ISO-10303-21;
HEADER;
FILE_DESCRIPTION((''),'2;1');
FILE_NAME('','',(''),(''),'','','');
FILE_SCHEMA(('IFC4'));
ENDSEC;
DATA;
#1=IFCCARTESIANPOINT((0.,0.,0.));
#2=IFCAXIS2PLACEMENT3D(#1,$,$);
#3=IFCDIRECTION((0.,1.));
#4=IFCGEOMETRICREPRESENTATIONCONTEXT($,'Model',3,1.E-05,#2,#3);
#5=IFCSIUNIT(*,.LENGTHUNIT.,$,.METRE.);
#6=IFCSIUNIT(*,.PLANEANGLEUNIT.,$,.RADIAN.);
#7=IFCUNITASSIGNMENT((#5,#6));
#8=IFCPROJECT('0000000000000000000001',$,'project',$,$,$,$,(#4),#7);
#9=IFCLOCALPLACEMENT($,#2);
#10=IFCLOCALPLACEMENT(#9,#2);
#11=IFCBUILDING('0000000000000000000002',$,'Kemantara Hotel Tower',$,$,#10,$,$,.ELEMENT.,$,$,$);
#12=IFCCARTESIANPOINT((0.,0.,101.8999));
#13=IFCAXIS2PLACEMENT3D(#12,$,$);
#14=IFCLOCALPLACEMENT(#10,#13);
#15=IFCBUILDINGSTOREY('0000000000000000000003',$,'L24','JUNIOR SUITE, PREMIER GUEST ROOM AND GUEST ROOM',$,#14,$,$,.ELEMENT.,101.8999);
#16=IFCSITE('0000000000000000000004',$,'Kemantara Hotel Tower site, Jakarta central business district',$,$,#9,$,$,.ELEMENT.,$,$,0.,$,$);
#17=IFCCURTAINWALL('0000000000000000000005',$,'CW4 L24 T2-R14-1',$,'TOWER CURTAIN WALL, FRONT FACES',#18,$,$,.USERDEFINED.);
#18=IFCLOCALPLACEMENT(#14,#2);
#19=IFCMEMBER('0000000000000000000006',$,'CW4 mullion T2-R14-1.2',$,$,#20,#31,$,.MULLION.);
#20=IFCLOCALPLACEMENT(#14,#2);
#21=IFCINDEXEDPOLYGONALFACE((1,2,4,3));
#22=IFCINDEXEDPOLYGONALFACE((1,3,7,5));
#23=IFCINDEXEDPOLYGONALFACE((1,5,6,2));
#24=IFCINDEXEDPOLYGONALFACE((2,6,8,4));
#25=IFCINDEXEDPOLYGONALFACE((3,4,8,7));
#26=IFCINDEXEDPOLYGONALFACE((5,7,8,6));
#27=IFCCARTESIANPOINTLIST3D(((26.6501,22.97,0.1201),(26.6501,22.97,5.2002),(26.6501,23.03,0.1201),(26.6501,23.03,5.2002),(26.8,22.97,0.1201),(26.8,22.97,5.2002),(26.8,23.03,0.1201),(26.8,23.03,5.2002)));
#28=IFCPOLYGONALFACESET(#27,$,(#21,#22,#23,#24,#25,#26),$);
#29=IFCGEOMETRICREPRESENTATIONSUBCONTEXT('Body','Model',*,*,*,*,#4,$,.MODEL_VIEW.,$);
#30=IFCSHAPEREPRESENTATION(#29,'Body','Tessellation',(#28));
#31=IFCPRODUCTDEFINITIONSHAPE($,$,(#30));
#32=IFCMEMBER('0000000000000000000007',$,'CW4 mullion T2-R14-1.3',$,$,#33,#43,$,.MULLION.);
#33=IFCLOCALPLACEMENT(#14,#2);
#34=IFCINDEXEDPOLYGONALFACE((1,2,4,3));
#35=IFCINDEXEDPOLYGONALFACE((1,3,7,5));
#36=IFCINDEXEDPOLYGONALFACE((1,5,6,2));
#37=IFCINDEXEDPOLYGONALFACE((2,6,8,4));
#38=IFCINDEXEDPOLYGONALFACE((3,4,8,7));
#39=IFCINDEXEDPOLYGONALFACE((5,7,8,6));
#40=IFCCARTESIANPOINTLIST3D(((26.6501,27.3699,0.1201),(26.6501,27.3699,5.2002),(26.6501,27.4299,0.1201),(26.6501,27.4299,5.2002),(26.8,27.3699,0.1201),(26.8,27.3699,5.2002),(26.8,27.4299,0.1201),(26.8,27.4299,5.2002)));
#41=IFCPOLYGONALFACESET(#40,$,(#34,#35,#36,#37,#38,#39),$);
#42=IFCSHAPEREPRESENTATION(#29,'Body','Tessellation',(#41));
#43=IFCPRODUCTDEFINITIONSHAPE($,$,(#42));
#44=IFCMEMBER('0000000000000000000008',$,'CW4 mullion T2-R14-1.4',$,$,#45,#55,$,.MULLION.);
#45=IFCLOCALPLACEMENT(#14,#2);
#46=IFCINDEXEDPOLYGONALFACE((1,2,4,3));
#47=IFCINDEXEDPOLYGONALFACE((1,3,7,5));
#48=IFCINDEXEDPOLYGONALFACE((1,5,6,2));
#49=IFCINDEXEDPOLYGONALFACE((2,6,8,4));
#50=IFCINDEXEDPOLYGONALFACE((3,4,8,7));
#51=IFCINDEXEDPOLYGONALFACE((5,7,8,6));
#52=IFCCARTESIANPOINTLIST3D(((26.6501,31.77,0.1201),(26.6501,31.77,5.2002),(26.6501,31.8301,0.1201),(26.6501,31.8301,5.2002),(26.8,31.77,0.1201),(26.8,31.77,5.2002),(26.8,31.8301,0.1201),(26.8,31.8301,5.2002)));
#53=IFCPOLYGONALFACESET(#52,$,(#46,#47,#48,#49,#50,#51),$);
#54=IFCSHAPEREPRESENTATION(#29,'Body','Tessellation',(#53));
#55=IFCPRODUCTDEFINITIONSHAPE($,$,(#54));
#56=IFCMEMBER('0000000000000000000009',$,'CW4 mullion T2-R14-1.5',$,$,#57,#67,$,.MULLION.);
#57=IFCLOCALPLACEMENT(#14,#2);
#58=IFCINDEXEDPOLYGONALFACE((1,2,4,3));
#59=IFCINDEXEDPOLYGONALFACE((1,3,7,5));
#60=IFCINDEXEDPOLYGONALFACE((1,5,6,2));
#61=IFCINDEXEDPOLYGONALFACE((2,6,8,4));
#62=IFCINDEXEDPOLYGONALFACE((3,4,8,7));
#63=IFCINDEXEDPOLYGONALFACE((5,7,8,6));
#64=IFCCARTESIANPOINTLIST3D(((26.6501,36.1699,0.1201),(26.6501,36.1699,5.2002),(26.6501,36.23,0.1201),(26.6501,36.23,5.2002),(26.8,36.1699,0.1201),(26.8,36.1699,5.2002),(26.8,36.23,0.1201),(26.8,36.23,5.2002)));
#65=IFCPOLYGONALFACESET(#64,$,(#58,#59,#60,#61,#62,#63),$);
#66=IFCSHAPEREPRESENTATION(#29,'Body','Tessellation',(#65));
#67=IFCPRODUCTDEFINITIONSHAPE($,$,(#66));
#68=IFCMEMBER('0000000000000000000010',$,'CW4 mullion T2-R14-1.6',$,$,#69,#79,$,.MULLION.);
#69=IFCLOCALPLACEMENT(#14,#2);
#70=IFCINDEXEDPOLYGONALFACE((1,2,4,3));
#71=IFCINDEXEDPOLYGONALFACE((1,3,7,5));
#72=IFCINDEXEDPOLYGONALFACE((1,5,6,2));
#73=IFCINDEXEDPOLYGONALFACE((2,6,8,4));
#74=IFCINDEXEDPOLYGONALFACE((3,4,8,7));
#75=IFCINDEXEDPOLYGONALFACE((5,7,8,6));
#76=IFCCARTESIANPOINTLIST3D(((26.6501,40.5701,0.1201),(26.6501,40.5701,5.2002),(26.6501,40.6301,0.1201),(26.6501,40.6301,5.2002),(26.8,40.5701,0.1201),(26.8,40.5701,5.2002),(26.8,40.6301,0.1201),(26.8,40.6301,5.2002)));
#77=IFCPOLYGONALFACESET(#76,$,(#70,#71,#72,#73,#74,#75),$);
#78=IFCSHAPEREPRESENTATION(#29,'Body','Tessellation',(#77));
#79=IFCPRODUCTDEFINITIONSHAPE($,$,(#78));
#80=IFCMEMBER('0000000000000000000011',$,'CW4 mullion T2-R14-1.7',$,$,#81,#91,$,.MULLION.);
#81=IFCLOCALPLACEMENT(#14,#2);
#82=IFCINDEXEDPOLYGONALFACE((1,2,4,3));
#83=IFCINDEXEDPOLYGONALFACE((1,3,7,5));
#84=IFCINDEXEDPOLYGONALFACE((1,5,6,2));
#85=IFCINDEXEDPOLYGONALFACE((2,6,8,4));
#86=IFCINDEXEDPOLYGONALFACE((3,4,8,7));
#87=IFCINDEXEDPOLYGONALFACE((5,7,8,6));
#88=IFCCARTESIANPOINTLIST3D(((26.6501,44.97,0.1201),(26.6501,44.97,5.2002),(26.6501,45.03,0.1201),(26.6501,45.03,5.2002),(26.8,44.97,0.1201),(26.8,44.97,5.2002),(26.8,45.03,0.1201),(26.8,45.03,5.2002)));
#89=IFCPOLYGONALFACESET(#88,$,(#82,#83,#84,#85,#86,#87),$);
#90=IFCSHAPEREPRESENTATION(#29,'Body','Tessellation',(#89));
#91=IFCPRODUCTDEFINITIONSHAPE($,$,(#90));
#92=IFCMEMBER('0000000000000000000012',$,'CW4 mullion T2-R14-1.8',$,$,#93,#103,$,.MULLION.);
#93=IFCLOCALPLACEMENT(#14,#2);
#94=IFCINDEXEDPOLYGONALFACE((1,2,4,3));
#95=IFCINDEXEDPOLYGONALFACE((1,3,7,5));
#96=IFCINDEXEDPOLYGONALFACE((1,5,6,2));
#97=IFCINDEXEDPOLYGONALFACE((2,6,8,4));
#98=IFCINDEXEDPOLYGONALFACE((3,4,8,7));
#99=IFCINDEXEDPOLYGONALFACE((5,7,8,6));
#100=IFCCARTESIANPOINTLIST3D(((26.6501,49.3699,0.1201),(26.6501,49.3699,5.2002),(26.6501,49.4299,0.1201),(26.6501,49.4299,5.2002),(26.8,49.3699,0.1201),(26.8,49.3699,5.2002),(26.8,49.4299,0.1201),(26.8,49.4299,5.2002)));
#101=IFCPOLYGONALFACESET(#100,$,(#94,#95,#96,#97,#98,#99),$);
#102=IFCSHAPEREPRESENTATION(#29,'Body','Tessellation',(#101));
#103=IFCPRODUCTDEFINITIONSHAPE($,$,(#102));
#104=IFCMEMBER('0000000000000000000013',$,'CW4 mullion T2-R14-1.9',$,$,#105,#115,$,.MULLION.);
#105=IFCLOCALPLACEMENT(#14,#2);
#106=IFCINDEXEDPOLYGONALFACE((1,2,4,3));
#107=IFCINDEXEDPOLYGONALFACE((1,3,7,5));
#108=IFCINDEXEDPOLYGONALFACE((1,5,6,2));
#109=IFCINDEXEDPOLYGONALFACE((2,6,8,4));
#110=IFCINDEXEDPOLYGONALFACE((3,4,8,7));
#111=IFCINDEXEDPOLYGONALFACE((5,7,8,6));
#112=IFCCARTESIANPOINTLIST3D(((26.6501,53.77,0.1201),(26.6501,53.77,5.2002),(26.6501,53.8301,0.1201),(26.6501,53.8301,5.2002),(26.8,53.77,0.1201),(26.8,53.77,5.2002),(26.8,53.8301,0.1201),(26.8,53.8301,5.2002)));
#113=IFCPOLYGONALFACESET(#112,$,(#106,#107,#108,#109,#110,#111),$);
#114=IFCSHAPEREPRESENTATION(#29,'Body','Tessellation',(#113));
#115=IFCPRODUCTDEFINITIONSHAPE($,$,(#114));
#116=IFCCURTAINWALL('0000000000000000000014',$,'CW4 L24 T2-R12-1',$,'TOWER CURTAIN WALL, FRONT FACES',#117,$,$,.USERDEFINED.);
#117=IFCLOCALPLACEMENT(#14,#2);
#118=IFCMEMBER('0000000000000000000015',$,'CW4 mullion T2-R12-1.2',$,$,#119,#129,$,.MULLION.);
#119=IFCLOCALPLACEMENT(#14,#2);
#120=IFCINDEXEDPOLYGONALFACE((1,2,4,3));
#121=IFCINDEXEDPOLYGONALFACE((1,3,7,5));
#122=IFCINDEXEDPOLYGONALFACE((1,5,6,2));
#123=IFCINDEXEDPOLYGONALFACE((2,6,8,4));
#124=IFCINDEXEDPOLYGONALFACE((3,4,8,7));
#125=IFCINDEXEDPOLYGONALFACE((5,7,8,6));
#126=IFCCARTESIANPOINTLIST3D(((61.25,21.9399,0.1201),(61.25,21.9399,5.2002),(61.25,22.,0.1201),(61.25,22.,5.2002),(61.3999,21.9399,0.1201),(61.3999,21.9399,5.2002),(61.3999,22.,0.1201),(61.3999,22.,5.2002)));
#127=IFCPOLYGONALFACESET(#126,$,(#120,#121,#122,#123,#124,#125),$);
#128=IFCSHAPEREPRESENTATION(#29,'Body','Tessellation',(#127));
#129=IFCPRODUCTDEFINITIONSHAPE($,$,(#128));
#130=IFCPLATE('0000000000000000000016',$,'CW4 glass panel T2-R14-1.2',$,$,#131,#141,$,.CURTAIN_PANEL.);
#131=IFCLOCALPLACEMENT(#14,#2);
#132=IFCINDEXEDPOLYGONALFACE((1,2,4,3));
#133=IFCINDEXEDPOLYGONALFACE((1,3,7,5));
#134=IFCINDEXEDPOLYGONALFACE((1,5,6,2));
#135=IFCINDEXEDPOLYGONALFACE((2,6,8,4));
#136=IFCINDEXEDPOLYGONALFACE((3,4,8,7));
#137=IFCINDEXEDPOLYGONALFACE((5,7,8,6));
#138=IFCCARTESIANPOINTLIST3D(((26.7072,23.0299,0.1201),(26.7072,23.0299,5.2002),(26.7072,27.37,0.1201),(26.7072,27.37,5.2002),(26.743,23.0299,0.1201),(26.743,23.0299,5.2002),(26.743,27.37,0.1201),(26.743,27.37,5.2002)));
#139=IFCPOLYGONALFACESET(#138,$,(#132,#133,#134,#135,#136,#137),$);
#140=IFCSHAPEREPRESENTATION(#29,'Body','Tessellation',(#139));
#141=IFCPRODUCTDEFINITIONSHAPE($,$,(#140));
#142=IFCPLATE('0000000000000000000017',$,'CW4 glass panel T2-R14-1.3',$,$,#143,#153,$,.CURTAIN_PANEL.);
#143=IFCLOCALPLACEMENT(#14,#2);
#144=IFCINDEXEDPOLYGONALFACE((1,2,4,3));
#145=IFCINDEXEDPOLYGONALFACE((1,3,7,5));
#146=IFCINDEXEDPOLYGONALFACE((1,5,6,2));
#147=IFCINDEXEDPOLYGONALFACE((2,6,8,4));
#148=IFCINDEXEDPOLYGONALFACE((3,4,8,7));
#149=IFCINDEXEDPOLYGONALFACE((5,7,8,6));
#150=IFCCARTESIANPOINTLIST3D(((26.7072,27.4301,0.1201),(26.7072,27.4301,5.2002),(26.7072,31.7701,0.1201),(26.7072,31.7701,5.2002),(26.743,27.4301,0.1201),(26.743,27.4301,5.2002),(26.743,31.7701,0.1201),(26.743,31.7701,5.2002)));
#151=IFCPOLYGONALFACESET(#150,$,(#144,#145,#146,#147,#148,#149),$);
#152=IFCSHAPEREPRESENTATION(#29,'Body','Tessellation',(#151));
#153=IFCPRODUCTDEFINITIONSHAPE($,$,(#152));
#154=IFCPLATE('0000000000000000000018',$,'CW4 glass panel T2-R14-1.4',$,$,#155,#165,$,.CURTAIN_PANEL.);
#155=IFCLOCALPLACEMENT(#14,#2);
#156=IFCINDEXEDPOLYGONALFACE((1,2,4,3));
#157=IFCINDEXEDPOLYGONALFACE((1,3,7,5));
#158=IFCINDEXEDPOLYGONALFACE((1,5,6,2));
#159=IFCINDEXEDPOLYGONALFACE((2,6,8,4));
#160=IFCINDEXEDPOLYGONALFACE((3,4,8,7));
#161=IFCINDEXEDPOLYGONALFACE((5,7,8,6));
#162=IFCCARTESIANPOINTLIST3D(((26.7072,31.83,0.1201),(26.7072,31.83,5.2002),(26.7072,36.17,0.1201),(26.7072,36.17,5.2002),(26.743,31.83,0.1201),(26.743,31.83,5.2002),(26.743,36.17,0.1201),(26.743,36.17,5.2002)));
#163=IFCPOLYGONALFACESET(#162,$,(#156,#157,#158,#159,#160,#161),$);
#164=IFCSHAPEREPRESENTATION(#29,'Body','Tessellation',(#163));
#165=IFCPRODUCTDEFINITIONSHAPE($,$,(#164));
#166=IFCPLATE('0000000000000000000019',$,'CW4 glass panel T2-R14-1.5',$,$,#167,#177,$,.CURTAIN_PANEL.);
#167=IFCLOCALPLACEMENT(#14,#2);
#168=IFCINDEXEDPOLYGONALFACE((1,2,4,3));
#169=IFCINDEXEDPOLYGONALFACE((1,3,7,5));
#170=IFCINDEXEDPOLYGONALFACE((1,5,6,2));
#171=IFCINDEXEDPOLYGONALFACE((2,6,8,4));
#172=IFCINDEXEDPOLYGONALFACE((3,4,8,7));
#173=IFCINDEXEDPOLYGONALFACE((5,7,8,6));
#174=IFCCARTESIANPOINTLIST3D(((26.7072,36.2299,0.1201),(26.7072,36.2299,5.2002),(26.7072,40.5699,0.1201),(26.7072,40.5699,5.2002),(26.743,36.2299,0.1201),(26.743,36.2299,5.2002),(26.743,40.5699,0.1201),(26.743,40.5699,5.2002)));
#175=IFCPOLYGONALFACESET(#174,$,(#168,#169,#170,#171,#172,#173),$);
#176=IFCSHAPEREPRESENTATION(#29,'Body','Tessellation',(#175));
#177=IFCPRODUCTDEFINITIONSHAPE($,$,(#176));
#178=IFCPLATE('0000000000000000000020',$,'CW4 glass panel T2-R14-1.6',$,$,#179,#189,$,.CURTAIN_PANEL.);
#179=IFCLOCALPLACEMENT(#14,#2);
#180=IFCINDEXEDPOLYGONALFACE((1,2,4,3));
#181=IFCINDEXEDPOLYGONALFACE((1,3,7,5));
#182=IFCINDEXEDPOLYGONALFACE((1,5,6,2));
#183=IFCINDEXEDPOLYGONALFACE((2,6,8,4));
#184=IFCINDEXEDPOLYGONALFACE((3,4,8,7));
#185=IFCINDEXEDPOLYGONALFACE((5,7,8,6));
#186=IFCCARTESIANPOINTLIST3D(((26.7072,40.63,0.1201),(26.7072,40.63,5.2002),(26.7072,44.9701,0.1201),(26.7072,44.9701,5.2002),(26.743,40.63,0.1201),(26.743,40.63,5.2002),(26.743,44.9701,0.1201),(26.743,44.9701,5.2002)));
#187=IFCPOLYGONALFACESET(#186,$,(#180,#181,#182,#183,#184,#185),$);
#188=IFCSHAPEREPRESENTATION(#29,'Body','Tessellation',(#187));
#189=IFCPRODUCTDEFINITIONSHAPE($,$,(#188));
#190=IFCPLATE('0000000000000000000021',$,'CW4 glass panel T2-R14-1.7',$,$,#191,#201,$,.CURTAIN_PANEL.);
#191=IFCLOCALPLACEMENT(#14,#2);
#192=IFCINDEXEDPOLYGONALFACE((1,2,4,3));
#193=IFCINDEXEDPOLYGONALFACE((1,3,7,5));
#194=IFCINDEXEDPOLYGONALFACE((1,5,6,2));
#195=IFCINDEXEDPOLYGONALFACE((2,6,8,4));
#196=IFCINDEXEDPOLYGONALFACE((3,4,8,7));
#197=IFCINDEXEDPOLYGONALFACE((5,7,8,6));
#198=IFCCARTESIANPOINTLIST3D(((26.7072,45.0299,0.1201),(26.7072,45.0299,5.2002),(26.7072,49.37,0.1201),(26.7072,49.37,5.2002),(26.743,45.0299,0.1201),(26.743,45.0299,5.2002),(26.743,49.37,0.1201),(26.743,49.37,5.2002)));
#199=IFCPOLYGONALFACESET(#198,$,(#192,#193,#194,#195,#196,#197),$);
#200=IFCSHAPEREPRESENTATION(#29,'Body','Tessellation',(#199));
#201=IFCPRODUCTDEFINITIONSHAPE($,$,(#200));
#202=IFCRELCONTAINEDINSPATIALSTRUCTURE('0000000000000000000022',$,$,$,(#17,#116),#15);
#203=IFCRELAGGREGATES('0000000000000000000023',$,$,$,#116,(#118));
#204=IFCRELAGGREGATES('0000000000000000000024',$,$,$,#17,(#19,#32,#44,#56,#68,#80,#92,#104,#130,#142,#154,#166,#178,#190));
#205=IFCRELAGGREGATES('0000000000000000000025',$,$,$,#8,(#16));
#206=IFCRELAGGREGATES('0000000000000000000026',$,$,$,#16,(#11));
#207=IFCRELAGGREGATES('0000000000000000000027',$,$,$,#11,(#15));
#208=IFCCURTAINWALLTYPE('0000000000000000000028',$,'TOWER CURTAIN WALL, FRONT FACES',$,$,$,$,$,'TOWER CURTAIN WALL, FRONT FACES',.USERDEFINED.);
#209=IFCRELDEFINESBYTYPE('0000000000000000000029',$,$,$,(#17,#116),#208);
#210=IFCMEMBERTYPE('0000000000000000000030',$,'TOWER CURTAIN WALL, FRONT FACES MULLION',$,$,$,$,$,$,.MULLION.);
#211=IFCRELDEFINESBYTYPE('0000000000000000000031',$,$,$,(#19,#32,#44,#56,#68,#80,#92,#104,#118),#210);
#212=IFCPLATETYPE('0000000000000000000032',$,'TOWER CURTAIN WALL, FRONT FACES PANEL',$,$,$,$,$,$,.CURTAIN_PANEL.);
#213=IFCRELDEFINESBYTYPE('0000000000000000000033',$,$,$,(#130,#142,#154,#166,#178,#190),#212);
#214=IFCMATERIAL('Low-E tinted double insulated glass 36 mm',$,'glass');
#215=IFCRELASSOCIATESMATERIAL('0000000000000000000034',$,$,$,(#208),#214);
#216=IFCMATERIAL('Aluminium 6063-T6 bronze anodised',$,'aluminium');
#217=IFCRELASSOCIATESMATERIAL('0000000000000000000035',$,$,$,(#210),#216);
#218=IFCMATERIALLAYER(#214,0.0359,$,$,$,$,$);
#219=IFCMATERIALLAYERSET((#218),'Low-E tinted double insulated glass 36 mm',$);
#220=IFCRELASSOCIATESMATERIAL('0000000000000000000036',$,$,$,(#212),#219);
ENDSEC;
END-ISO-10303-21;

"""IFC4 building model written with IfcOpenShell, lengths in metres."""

from ifc_helpers import new_model, si_unit, direction, frame, origin, origin_2d, place, context, subcontext, project, spatial, rectangle, extrude, source, transform, mapped, material, layer, layer_set, material_profile, profile_set, type_object, element, aggregate, save


model = new_model("IFC4")

# Units and contexts
model_context = context("Model", 3, precision=1e-05, world=origin(), true_north=direction((0.0, 1.0)))
body_context = subcontext(model_context, "Body", "Model", "MODEL_VIEW")
ifc_project = project(units=[si_unit("LENGTHUNIT", "METRE"), si_unit("PLANEANGLEUNIT", "RADIAN")], contexts=[model_context])

# Site, building, storey
site_placement = place(None, origin())
site = spatial("IfcSite", under=ifc_project, at=site_placement, Name="Kemantara Hotel Tower site, Jakarta central business district", CompositionType="ELEMENT", RefElevation=0.0)
building_placement = place(site_placement, origin())
building = spatial("IfcBuilding", under=site, at=building_placement, Name="Kemantara Hotel Tower", CompositionType="ELEMENT")
storey_placement = place(building_placement, frame((0.0, 0.0, 101.8999)))
storey = spatial("IfcBuildingStorey", under=building, at=storey_placement, Name="L24", Description="JUNIOR SUITE, PREMIER GUEST ROOM AND GUEST ROOM", CompositionType="ELEMENT", Elevation=101.8999)

# Curtain wall, members
ifc_material_1 = material(Name="Low-E tinted double insulated glass 36 mm", Category="glass")
curtain_wall_type = type_object("IfcCurtainWallType", Name="TOWER CURTAIN WALL, FRONT FACES", ElementType="TOWER CURTAIN WALL, FRONT FACES", PredefinedType="USERDEFINED", material=ifc_material_1)
curtain_wall_1_placement = place(storey_placement, origin())
curtain_wall_1 = element("IfcCurtainWall", 1, at=curtain_wall_1_placement, inside=storey, type_object=curtain_wall_type, Name="CW4 L24 T2-R14-1", ObjectType="TOWER CURTAIN WALL, FRONT FACES", PredefinedType="USERDEFINED")
ifc_material_2 = material(Name="Aluminium 6063-T6 bronze anodised", Category="aluminium")
ifc_material_profile = material_profile(ifc_material_2, rectangle(XDim=0.1499, YDim=0.0601, at=origin_2d()), Name="TOWER CURTAIN WALL, FRONT FACES MULLION")
ifc_profile_set = profile_set([ifc_material_profile], Name="Aluminium 6063-T6 bronze anodised")
member_type = type_object("IfcMemberType", Name="TOWER CURTAIN WALL, FRONT FACES MULLION", PredefinedType="MULLION", material=ifc_profile_set)
shared_shape_1 = source(origin(), body_context, "Body", "SweptSolid", [
    extrude(rectangle(XDim=0.1499, YDim=0.0601, at=origin_2d()), origin(), (0.0, 0.0, 1.0), 5.0801),
])
member_1_placement = place(storey_placement, frame((26.7251, 23.0, 0.1201), z_axis=(0.0, 0.0, 1.0), x_axis=(-1.0, 0.0, 0.0)))
member_1 = element("IfcMember", 2, at=member_1_placement, type_object=member_type, Name="CW4 mullion T2-R14-1.2", PredefinedType="MULLION", context=body_context, shape_type="MappedRepresentation", body=[
    mapped(shared_shape_1, transform((0.0, 0.0, 0.0))),
])
member_2_placement = place(storey_placement, frame((26.7251, 27.3999, 0.1201), z_axis=(0.0, 0.0, 1.0), x_axis=(-1.0, 0.0, 0.0)))
member_2 = element("IfcMember", 3, at=member_2_placement, type_object=member_type, Name="CW4 mullion T2-R14-1.3", PredefinedType="MULLION", context=body_context, shape_type="MappedRepresentation", body=[
    mapped(shared_shape_1, transform((0.0, 0.0, 0.0))),
])
member_3_placement = place(storey_placement, frame((26.7251, 31.8, 0.1201), z_axis=(0.0, 0.0, 1.0), x_axis=(-1.0, 0.0, 0.0)))
member_3 = element("IfcMember", 4, at=member_3_placement, type_object=member_type, Name="CW4 mullion T2-R14-1.4", PredefinedType="MULLION", context=body_context, shape_type="MappedRepresentation", body=[
    mapped(shared_shape_1, transform((0.0, 0.0, 0.0))),
])
member_4_placement = place(storey_placement, frame((26.7251, 36.2, 0.1201), z_axis=(0.0, 0.0, 1.0), x_axis=(-1.0, 0.0, 0.0)))
member_4 = element("IfcMember", 5, at=member_4_placement, type_object=member_type, Name="CW4 mullion T2-R14-1.5", PredefinedType="MULLION", context=body_context, shape_type="MappedRepresentation", body=[
    mapped(shared_shape_1, transform((0.0, 0.0, 0.0))),
])
member_5_placement = place(storey_placement, frame((26.7251, 40.6001, 0.1201), z_axis=(0.0, 0.0, 1.0), x_axis=(-1.0, 0.0, 0.0)))
member_5 = element("IfcMember", 6, at=member_5_placement, type_object=member_type, Name="CW4 mullion T2-R14-1.6", PredefinedType="MULLION", context=body_context, shape_type="MappedRepresentation", body=[
    mapped(shared_shape_1, transform((0.0, 0.0, 0.0))),
])
member_6_placement = place(storey_placement, frame((26.7251, 45.0, 0.1201), z_axis=(0.0, 0.0, 1.0), x_axis=(-1.0, 0.0, 0.0)))
member_6 = element("IfcMember", 7, at=member_6_placement, type_object=member_type, Name="CW4 mullion T2-R14-1.7", PredefinedType="MULLION", context=body_context, shape_type="MappedRepresentation", body=[
    mapped(shared_shape_1, transform((0.0, 0.0, 0.0))),
])
member_7_placement = place(storey_placement, frame((26.7251, 49.3999, 0.1201), z_axis=(0.0, 0.0, 1.0), x_axis=(-1.0, 0.0, 0.0)))
member_7 = element("IfcMember", 8, at=member_7_placement, type_object=member_type, Name="CW4 mullion T2-R14-1.8", PredefinedType="MULLION", context=body_context, shape_type="MappedRepresentation", body=[
    mapped(shared_shape_1, transform((0.0, 0.0, 0.0))),
])
member_8_placement = place(storey_placement, frame((26.7251, 53.8, 0.1201), z_axis=(0.0, 0.0, 1.0), x_axis=(-1.0, 0.0, 0.0)))
member_8 = element("IfcMember", 9, at=member_8_placement, type_object=member_type, Name="CW4 mullion T2-R14-1.9", PredefinedType="MULLION", context=body_context, shape_type="MappedRepresentation", body=[
    mapped(shared_shape_1, transform((0.0, 0.0, 0.0))),
])

# Curtain wall, member
curtain_wall_2_placement = place(storey_placement, origin())
curtain_wall_2 = element("IfcCurtainWall", 10, at=curtain_wall_2_placement, inside=storey, type_object=curtain_wall_type, Name="CW4 L24 T2-R12-1", ObjectType="TOWER CURTAIN WALL, FRONT FACES", PredefinedType="USERDEFINED")
member_9_placement = place(storey_placement, frame((61.325, 21.97, 0.1201), z_axis=(0.0, 0.0, 1.0), x_axis=(-1.0, 0.0, 0.0)))
member_9 = element("IfcMember", 11, at=member_9_placement, type_object=member_type, Name="CW4 mullion T2-R12-1.2", PredefinedType="MULLION", context=body_context, shape_type="MappedRepresentation", body=[
    mapped(shared_shape_1, transform((0.0, 0.0, 0.0))),
])
aggregate(curtain_wall_2, [member_9])

# Plates
ifc_layer_1 = layer(ifc_material_1, 0.0359)
ifc_layer_set_1 = layer_set([ifc_layer_1], Name="Low-E tinted double insulated glass 36 mm")
plate_type = type_object("IfcPlateType", Name="TOWER CURTAIN WALL, FRONT FACES PANEL", PredefinedType="CURTAIN_PANEL", material=ifc_layer_set_1)
shared_shape_2 = source(origin(), body_context, "Body", "SweptSolid", [
    extrude(rectangle(XDim=4.3401, YDim=0.0359, at=origin_2d()), origin(), (0.0, 0.0, 1.0), 5.0801),
])
plate_1_placement = place(storey_placement, frame((26.7251, 25.2, 0.1201), z_axis=(0.0, 0.0, 1.0), x_axis=(0.0, 1.0, 0.0)))
plate_1 = element("IfcPlate", 12, at=plate_1_placement, type_object=plate_type, Name="CW4 glass panel T2-R14-1.2", PredefinedType="CURTAIN_PANEL", context=body_context, shape_type="MappedRepresentation", body=[
    mapped(shared_shape_2, transform((0.0, 0.0, 0.0))),
])
plate_2_placement = place(storey_placement, frame((26.7251, 29.6001, 0.1201), z_axis=(0.0, 0.0, 1.0), x_axis=(0.0, 1.0, 0.0)))
plate_2 = element("IfcPlate", 13, at=plate_2_placement, type_object=plate_type, Name="CW4 glass panel T2-R14-1.3", PredefinedType="CURTAIN_PANEL", context=body_context, shape_type="MappedRepresentation", body=[
    mapped(shared_shape_2, transform((0.0, 0.0, 0.0))),
])
plate_3_placement = place(storey_placement, frame((26.7251, 34.0, 0.1201), z_axis=(0.0, 0.0, 1.0), x_axis=(0.0, 1.0, 0.0)))
plate_3 = element("IfcPlate", 14, at=plate_3_placement, type_object=plate_type, Name="CW4 glass panel T2-R14-1.4", PredefinedType="CURTAIN_PANEL", context=body_context, shape_type="MappedRepresentation", body=[
    mapped(shared_shape_2, transform((0.0, 0.0, 0.0))),
])
plate_4_placement = place(storey_placement, frame((26.7251, 38.3999, 0.1201), z_axis=(0.0, 0.0, 1.0), x_axis=(0.0, 1.0, 0.0)))
plate_4 = element("IfcPlate", 15, at=plate_4_placement, type_object=plate_type, Name="CW4 glass panel T2-R14-1.5", PredefinedType="CURTAIN_PANEL", context=body_context, shape_type="MappedRepresentation", body=[
    mapped(shared_shape_2, transform((0.0, 0.0, 0.0))),
])
plate_5_placement = place(storey_placement, frame((26.7251, 42.8, 0.1201), z_axis=(0.0, 0.0, 1.0), x_axis=(0.0, 1.0, 0.0)))
plate_5 = element("IfcPlate", 16, at=plate_5_placement, type_object=plate_type, Name="CW4 glass panel T2-R14-1.6", PredefinedType="CURTAIN_PANEL", context=body_context, shape_type="MappedRepresentation", body=[
    mapped(shared_shape_2, transform((0.0, 0.0, 0.0))),
])
plate_6_placement = place(storey_placement, frame((26.7251, 47.2, 0.1201), z_axis=(0.0, 0.0, 1.0), x_axis=(0.0, 1.0, 0.0)))
plate_6 = element("IfcPlate", 17, at=plate_6_placement, type_object=plate_type, Name="CW4 glass panel T2-R14-1.7", PredefinedType="CURTAIN_PANEL", context=body_context, shape_type="MappedRepresentation", body=[
    mapped(shared_shape_2, transform((0.0, 0.0, 0.0))),
])
aggregate(curtain_wall_1, [member_1, member_2, member_3, member_4, member_5, member_6, member_7, member_8, plate_1, plate_2, plate_3, plate_4, plate_5, plate_6])

save(model, "model.ifc")
